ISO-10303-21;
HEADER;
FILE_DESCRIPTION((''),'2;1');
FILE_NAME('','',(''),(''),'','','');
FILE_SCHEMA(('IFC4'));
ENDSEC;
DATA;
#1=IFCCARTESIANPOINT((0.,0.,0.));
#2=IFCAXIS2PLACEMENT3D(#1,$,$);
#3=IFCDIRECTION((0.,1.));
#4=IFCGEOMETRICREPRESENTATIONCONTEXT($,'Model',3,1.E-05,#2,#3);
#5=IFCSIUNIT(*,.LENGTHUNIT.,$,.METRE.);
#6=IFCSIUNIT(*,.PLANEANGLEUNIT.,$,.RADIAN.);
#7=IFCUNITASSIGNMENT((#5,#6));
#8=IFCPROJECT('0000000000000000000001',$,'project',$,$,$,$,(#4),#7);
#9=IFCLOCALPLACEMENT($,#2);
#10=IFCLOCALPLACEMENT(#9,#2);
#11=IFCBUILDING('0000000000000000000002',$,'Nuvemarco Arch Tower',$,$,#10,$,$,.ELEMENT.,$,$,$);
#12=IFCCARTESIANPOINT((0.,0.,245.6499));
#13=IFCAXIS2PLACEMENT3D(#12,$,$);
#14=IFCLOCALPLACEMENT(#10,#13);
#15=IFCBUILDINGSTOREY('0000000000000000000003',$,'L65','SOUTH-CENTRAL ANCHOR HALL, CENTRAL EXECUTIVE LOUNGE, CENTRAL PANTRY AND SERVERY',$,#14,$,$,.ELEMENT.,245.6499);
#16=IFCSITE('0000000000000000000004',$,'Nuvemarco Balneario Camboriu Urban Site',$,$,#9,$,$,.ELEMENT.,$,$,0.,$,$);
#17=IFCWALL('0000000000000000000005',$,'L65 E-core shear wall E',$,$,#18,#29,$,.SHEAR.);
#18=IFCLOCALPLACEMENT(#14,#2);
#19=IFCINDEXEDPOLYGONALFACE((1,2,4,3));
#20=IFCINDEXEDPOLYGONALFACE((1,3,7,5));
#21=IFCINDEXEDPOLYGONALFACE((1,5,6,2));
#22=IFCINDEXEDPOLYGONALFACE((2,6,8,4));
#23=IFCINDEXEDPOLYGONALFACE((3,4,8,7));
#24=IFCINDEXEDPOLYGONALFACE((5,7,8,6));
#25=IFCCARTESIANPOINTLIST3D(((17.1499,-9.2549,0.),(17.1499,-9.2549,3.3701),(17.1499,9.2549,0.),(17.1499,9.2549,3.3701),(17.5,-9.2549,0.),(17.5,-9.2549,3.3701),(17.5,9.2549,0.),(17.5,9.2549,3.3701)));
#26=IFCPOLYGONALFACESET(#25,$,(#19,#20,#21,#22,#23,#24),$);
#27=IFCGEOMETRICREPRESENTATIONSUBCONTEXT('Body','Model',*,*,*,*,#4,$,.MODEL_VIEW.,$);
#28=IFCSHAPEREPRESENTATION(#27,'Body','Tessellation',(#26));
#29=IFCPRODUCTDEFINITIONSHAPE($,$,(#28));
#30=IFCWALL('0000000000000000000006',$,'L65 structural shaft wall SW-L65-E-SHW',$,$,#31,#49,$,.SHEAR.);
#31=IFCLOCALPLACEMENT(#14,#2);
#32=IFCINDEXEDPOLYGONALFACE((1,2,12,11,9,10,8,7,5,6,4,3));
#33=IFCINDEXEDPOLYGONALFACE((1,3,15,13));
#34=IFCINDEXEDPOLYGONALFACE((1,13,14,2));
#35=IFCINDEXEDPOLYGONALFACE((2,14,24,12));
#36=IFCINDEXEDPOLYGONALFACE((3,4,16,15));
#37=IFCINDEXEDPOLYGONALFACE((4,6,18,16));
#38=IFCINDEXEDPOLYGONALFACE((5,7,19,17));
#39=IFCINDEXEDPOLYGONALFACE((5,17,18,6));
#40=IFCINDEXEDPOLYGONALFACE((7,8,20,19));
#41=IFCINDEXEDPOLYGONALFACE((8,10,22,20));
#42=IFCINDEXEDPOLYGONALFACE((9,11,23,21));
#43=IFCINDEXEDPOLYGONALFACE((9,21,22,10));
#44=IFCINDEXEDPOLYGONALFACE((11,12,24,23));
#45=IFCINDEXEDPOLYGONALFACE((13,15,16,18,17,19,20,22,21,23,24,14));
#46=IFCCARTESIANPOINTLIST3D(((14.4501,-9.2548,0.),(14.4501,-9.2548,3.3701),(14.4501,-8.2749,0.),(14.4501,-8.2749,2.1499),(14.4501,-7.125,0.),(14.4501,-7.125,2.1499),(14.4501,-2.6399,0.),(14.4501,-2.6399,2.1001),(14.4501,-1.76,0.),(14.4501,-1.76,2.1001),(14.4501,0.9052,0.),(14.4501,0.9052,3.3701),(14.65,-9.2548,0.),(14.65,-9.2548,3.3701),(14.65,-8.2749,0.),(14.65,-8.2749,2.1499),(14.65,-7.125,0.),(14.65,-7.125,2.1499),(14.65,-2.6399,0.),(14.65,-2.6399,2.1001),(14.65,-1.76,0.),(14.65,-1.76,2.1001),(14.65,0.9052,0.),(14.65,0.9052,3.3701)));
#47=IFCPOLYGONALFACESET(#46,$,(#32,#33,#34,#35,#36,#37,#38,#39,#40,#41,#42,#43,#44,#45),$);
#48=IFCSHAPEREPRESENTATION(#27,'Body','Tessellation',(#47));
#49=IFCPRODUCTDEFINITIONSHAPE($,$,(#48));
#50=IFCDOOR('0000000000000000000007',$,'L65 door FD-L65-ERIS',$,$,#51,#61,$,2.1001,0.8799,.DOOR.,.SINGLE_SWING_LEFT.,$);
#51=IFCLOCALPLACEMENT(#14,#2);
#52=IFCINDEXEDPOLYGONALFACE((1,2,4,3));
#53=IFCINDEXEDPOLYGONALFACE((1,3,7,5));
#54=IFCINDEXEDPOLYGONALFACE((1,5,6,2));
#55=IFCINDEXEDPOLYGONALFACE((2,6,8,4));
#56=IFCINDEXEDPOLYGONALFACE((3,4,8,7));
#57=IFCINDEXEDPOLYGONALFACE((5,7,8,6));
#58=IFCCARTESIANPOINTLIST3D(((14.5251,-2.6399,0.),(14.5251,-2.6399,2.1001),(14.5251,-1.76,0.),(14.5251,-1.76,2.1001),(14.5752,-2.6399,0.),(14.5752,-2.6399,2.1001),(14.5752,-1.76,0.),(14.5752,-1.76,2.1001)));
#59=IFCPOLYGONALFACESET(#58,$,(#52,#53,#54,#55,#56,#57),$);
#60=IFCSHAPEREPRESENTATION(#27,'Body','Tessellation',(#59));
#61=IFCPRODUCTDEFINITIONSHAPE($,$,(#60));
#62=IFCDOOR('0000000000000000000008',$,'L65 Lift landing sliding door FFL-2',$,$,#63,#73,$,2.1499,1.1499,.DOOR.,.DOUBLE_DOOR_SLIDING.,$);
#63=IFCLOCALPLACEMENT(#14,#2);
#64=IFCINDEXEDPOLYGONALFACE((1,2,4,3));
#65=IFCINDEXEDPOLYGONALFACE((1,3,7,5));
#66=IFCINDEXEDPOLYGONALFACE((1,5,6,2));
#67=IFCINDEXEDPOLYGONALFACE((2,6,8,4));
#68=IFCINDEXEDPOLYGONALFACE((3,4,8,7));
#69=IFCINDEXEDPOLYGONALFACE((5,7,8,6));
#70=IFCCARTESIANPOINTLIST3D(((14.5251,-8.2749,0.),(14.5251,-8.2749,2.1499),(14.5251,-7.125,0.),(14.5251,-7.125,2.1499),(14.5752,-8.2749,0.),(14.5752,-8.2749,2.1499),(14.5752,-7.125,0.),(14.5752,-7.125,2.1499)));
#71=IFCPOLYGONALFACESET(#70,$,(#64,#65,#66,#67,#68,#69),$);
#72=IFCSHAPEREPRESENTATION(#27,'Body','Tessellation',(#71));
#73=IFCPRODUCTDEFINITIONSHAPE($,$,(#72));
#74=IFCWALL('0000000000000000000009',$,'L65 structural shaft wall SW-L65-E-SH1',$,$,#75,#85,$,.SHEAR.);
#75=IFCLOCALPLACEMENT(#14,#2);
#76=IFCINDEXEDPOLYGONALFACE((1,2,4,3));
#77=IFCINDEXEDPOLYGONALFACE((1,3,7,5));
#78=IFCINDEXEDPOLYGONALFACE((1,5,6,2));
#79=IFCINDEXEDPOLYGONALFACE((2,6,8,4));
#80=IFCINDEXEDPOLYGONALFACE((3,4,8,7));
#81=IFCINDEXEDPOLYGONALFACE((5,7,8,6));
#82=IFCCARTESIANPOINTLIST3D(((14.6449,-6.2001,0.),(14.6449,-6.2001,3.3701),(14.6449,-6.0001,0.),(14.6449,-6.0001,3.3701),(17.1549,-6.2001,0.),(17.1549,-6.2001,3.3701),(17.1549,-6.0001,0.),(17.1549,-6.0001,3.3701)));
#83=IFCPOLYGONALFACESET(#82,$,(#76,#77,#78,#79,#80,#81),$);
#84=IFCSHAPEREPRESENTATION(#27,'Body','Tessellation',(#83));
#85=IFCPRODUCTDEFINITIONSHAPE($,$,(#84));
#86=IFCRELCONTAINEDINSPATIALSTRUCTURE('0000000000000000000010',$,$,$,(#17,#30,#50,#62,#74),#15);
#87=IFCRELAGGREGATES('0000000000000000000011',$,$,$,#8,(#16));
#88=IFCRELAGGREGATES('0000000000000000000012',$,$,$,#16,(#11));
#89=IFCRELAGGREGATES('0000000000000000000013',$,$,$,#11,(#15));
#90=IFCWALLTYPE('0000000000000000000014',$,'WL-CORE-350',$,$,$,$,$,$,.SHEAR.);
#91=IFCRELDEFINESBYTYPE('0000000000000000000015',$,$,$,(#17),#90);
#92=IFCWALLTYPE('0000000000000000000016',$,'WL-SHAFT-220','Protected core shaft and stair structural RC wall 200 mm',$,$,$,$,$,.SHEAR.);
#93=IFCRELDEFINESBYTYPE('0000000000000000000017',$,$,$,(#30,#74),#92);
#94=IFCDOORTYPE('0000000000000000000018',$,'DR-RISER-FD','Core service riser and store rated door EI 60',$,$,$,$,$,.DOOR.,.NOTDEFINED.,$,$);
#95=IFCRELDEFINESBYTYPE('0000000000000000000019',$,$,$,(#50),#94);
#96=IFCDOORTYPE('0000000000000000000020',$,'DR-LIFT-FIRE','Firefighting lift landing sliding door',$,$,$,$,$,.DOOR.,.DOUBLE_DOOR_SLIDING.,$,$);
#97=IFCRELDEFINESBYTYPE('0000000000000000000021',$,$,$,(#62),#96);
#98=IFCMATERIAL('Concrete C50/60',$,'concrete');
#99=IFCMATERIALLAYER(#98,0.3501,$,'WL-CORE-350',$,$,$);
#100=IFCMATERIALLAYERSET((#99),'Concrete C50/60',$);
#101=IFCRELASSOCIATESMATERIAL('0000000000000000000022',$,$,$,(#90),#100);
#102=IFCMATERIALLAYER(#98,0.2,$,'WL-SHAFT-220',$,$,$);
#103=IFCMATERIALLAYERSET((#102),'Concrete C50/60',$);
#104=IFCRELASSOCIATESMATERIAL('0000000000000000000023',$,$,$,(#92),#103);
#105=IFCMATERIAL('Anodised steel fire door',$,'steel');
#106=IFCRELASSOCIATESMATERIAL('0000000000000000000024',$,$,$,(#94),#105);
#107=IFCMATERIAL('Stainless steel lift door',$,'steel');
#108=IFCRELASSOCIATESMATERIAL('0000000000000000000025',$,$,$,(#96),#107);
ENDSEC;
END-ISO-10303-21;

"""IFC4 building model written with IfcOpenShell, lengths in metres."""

from ifc_helpers import new_model, si_unit, direction, frame, frame_2d, origin, place, context, subcontext, project, spatial, rectangle, extrude, source, transform, mapped, material, layer, layer_set, type_object, type_shapes, element, fill, save


model = new_model("IFC4")

# Units and contexts
model_context = context("Model", 3, precision=1e-05, world=origin(), true_north=direction((0.0, 1.0)))
body_context = subcontext(model_context, "Body", "Model", "MODEL_VIEW")
ifc_project = project(units=[si_unit("LENGTHUNIT", "METRE"), si_unit("PLANEANGLEUNIT", "RADIAN")], contexts=[model_context])

# Site, building, storey
site_placement = place(None, origin())
site = spatial("IfcSite", under=ifc_project, at=site_placement, Name="Nuvemarco Balneario Camboriu Urban Site", CompositionType="ELEMENT", RefElevation=0.0)
building_placement = place(site_placement, origin())
building = spatial("IfcBuilding", under=site, at=building_placement, Name="Nuvemarco Arch Tower", CompositionType="ELEMENT")
storey_placement = place(building_placement, frame((0.0, 0.0, 245.6499)))
storey = spatial("IfcBuildingStorey", under=building, at=storey_placement, Name="L65", Description="SOUTH-CENTRAL ANCHOR HALL, CENTRAL EXECUTIVE LOUNGE, CENTRAL PANTRY AND SERVERY", CompositionType="ELEMENT", Elevation=245.6499)

# Shared definitions
ifc_material_1 = material(Name="Concrete C50/60", Category="concrete")

# Wall
ifc_layer_1 = layer(ifc_material_1, 0.3501, Name="WL-CORE-350")
ifc_layer_set_1 = layer_set([ifc_layer_1], Name="Concrete C50/60")
wall_type_1 = type_object("IfcWallType", Name="WL-CORE-350", PredefinedType="SHEAR", material=ifc_layer_set_1)
wall_1_placement = place(storey_placement, frame((17.325, -9.2549, 0.0), z_axis=(0.0, 0.0, 1.0), x_axis=(0.0, 1.0, 0.0)))
element("IfcWall", 1, at=wall_1_placement, inside=storey, type_object=wall_type_1, Name="L65 E-core shear wall E", PredefinedType="SHEAR", context=body_context, shape_type="SweptSolid", body=[
    extrude(rectangle(XDim=18.5098, YDim=0.3501, at=frame_2d((9.2549, 0.0))), origin(), (0.0, 0.0, 1.0), 3.3701),
])

# Wall, openings, doors
ifc_layer_2 = layer(ifc_material_1, 0.2, Name="WL-SHAFT-220")
ifc_layer_set_2 = layer_set([ifc_layer_2], Name="Concrete C50/60")
wall_type_2 = type_object("IfcWallType", Name="WL-SHAFT-220", Description="Protected core shaft and stair structural RC wall 200 mm", PredefinedType="SHEAR", material=ifc_layer_set_2)
wall_2_placement = place(storey_placement, frame((14.55, -9.2549, 0.0), z_axis=(0.0, 0.0, 1.0), x_axis=(0.0, 1.0, 0.0)))
wall_2 = element("IfcWall", 2, at=wall_2_placement, inside=storey, type_object=wall_type_2, Name="L65 structural shaft wall SW-L65-E-SHW", PredefinedType="SHEAR", context=body_context, shape_type="SweptSolid", body=[
    extrude(rectangle(XDim=10.1599, YDim=0.2, at=frame_2d((5.0801, 0.0))), origin(), (0.0, 0.0, 1.0), 3.3701),
])
opening_1_placement = place(wall_2_placement, frame((6.615, 0.0, 0.0)))
opening_1 = element("IfcOpeningElement", 3, at=opening_1_placement, cuts=wall_2, PredefinedType="OPENING", context=body_context, shape_type="SweptSolid", body=[
    extrude(rectangle(XDim=0.8799, YDim=2.1001, at=frame_2d((0.4399, 1.05))), frame((0.0, 0.1099, 0.0), z_axis=(0.0, -1.0, 0.0), x_axis=(1.0, 0.0, 0.0)), (0.0, 0.0, 1.0), 0.22),
])
opening_2_placement = place(wall_2_placement, frame((0.98, 0.0, 0.0)))
opening_2 = element("IfcOpeningElement", 4, at=opening_2_placement, cuts=wall_2, PredefinedType="OPENING", context=body_context, shape_type="SweptSolid", body=[
    extrude(rectangle(XDim=1.1499, YDim=2.1499, at=frame_2d((0.575, 1.075))), frame((0.0, 0.1099, 0.0), z_axis=(0.0, -1.0, 0.0), x_axis=(1.0, 0.0, 0.0)), (0.0, 0.0, 1.0), 0.22),
])
ifc_material_2 = material(Name="Anodised steel fire door", Category="steel")
door_type_1 = type_object("IfcDoorType", Name="DR-RISER-FD", Description="Core service riser and store rated door EI 60", OperationType="NOTDEFINED", PredefinedType="DOOR", material=ifc_material_2)
shared_shape_1 = source(origin(), body_context, "Body", "SweptSolid", [
    extrude(rectangle(XDim=0.8799, YDim=2.1001, at=frame_2d((0.4399, 1.05))), frame((0.0, 0.0249, 0.0), z_axis=(0.0, -1.0, 0.0), x_axis=(1.0, 0.0, 0.0)), (0.0, 0.0, 1.0), 0.05),
])
type_shapes(door_type_1, [shared_shape_1])
door_1_placement = place(opening_1_placement, origin())
door_1 = element("IfcDoor", 5, at=door_1_placement, inside=storey, type_object=door_type_1, Name="L65 door FD-L65-ERIS", OperationType="SINGLE_SWING_LEFT", OverallHeight=2.1001, OverallWidth=0.8799, PredefinedType="DOOR", context=body_context, shape_type="MappedRepresentation", body=[
    mapped(shared_shape_1, transform((0.0, 0.0, 0.0), scale=1.0)),
])
fill(opening_1, door_1)
ifc_material_3 = material(Name="Stainless steel lift door", Category="steel")
door_type_2 = type_object("IfcDoorType", Name="DR-LIFT-FIRE", Description="Firefighting lift landing sliding door", OperationType="DOUBLE_DOOR_SLIDING", PredefinedType="DOOR", material=ifc_material_3)
shared_shape_2 = source(origin(), body_context, "Body", "SweptSolid", [
    extrude(rectangle(XDim=1.1499, YDim=2.1499, at=frame_2d((0.575, 1.075))), frame((0.0, 0.0249, 0.0), z_axis=(0.0, -1.0, 0.0), x_axis=(1.0, 0.0, 0.0)), (0.0, 0.0, 1.0), 0.05),
])
type_shapes(door_type_2, [shared_shape_2])
door_2_placement = place(opening_2_placement, origin())
door_2 = element("IfcDoor", 6, at=door_2_placement, inside=storey, type_object=door_type_2, Name="L65 Lift landing sliding door FFL-2", OperationType="DOUBLE_DOOR_SLIDING", OverallHeight=2.1499, OverallWidth=1.1499, PredefinedType="DOOR", context=body_context, shape_type="MappedRepresentation", body=[
    mapped(shared_shape_2, transform((0.0, 0.0, 0.0), scale=1.0)),
])
fill(opening_2, door_2)

# Wall
wall_3_placement = place(storey_placement, frame((14.645, -6.1001, 0.0), z_axis=(0.0, 0.0, 1.0), x_axis=(1.0, 0.0, 0.0)))
element("IfcWall", 7, at=wall_3_placement, inside=storey, type_object=wall_type_2, Name="L65 structural shaft wall SW-L65-E-SH1", PredefinedType="SHEAR", context=body_context, shape_type="SweptSolid", body=[
    extrude(rectangle(XDim=2.51, YDim=0.2, at=frame_2d((1.2549, 0.0))), origin(), (0.0, 0.0, 1.0), 3.3701),
])

save(model, "model.ifc")
